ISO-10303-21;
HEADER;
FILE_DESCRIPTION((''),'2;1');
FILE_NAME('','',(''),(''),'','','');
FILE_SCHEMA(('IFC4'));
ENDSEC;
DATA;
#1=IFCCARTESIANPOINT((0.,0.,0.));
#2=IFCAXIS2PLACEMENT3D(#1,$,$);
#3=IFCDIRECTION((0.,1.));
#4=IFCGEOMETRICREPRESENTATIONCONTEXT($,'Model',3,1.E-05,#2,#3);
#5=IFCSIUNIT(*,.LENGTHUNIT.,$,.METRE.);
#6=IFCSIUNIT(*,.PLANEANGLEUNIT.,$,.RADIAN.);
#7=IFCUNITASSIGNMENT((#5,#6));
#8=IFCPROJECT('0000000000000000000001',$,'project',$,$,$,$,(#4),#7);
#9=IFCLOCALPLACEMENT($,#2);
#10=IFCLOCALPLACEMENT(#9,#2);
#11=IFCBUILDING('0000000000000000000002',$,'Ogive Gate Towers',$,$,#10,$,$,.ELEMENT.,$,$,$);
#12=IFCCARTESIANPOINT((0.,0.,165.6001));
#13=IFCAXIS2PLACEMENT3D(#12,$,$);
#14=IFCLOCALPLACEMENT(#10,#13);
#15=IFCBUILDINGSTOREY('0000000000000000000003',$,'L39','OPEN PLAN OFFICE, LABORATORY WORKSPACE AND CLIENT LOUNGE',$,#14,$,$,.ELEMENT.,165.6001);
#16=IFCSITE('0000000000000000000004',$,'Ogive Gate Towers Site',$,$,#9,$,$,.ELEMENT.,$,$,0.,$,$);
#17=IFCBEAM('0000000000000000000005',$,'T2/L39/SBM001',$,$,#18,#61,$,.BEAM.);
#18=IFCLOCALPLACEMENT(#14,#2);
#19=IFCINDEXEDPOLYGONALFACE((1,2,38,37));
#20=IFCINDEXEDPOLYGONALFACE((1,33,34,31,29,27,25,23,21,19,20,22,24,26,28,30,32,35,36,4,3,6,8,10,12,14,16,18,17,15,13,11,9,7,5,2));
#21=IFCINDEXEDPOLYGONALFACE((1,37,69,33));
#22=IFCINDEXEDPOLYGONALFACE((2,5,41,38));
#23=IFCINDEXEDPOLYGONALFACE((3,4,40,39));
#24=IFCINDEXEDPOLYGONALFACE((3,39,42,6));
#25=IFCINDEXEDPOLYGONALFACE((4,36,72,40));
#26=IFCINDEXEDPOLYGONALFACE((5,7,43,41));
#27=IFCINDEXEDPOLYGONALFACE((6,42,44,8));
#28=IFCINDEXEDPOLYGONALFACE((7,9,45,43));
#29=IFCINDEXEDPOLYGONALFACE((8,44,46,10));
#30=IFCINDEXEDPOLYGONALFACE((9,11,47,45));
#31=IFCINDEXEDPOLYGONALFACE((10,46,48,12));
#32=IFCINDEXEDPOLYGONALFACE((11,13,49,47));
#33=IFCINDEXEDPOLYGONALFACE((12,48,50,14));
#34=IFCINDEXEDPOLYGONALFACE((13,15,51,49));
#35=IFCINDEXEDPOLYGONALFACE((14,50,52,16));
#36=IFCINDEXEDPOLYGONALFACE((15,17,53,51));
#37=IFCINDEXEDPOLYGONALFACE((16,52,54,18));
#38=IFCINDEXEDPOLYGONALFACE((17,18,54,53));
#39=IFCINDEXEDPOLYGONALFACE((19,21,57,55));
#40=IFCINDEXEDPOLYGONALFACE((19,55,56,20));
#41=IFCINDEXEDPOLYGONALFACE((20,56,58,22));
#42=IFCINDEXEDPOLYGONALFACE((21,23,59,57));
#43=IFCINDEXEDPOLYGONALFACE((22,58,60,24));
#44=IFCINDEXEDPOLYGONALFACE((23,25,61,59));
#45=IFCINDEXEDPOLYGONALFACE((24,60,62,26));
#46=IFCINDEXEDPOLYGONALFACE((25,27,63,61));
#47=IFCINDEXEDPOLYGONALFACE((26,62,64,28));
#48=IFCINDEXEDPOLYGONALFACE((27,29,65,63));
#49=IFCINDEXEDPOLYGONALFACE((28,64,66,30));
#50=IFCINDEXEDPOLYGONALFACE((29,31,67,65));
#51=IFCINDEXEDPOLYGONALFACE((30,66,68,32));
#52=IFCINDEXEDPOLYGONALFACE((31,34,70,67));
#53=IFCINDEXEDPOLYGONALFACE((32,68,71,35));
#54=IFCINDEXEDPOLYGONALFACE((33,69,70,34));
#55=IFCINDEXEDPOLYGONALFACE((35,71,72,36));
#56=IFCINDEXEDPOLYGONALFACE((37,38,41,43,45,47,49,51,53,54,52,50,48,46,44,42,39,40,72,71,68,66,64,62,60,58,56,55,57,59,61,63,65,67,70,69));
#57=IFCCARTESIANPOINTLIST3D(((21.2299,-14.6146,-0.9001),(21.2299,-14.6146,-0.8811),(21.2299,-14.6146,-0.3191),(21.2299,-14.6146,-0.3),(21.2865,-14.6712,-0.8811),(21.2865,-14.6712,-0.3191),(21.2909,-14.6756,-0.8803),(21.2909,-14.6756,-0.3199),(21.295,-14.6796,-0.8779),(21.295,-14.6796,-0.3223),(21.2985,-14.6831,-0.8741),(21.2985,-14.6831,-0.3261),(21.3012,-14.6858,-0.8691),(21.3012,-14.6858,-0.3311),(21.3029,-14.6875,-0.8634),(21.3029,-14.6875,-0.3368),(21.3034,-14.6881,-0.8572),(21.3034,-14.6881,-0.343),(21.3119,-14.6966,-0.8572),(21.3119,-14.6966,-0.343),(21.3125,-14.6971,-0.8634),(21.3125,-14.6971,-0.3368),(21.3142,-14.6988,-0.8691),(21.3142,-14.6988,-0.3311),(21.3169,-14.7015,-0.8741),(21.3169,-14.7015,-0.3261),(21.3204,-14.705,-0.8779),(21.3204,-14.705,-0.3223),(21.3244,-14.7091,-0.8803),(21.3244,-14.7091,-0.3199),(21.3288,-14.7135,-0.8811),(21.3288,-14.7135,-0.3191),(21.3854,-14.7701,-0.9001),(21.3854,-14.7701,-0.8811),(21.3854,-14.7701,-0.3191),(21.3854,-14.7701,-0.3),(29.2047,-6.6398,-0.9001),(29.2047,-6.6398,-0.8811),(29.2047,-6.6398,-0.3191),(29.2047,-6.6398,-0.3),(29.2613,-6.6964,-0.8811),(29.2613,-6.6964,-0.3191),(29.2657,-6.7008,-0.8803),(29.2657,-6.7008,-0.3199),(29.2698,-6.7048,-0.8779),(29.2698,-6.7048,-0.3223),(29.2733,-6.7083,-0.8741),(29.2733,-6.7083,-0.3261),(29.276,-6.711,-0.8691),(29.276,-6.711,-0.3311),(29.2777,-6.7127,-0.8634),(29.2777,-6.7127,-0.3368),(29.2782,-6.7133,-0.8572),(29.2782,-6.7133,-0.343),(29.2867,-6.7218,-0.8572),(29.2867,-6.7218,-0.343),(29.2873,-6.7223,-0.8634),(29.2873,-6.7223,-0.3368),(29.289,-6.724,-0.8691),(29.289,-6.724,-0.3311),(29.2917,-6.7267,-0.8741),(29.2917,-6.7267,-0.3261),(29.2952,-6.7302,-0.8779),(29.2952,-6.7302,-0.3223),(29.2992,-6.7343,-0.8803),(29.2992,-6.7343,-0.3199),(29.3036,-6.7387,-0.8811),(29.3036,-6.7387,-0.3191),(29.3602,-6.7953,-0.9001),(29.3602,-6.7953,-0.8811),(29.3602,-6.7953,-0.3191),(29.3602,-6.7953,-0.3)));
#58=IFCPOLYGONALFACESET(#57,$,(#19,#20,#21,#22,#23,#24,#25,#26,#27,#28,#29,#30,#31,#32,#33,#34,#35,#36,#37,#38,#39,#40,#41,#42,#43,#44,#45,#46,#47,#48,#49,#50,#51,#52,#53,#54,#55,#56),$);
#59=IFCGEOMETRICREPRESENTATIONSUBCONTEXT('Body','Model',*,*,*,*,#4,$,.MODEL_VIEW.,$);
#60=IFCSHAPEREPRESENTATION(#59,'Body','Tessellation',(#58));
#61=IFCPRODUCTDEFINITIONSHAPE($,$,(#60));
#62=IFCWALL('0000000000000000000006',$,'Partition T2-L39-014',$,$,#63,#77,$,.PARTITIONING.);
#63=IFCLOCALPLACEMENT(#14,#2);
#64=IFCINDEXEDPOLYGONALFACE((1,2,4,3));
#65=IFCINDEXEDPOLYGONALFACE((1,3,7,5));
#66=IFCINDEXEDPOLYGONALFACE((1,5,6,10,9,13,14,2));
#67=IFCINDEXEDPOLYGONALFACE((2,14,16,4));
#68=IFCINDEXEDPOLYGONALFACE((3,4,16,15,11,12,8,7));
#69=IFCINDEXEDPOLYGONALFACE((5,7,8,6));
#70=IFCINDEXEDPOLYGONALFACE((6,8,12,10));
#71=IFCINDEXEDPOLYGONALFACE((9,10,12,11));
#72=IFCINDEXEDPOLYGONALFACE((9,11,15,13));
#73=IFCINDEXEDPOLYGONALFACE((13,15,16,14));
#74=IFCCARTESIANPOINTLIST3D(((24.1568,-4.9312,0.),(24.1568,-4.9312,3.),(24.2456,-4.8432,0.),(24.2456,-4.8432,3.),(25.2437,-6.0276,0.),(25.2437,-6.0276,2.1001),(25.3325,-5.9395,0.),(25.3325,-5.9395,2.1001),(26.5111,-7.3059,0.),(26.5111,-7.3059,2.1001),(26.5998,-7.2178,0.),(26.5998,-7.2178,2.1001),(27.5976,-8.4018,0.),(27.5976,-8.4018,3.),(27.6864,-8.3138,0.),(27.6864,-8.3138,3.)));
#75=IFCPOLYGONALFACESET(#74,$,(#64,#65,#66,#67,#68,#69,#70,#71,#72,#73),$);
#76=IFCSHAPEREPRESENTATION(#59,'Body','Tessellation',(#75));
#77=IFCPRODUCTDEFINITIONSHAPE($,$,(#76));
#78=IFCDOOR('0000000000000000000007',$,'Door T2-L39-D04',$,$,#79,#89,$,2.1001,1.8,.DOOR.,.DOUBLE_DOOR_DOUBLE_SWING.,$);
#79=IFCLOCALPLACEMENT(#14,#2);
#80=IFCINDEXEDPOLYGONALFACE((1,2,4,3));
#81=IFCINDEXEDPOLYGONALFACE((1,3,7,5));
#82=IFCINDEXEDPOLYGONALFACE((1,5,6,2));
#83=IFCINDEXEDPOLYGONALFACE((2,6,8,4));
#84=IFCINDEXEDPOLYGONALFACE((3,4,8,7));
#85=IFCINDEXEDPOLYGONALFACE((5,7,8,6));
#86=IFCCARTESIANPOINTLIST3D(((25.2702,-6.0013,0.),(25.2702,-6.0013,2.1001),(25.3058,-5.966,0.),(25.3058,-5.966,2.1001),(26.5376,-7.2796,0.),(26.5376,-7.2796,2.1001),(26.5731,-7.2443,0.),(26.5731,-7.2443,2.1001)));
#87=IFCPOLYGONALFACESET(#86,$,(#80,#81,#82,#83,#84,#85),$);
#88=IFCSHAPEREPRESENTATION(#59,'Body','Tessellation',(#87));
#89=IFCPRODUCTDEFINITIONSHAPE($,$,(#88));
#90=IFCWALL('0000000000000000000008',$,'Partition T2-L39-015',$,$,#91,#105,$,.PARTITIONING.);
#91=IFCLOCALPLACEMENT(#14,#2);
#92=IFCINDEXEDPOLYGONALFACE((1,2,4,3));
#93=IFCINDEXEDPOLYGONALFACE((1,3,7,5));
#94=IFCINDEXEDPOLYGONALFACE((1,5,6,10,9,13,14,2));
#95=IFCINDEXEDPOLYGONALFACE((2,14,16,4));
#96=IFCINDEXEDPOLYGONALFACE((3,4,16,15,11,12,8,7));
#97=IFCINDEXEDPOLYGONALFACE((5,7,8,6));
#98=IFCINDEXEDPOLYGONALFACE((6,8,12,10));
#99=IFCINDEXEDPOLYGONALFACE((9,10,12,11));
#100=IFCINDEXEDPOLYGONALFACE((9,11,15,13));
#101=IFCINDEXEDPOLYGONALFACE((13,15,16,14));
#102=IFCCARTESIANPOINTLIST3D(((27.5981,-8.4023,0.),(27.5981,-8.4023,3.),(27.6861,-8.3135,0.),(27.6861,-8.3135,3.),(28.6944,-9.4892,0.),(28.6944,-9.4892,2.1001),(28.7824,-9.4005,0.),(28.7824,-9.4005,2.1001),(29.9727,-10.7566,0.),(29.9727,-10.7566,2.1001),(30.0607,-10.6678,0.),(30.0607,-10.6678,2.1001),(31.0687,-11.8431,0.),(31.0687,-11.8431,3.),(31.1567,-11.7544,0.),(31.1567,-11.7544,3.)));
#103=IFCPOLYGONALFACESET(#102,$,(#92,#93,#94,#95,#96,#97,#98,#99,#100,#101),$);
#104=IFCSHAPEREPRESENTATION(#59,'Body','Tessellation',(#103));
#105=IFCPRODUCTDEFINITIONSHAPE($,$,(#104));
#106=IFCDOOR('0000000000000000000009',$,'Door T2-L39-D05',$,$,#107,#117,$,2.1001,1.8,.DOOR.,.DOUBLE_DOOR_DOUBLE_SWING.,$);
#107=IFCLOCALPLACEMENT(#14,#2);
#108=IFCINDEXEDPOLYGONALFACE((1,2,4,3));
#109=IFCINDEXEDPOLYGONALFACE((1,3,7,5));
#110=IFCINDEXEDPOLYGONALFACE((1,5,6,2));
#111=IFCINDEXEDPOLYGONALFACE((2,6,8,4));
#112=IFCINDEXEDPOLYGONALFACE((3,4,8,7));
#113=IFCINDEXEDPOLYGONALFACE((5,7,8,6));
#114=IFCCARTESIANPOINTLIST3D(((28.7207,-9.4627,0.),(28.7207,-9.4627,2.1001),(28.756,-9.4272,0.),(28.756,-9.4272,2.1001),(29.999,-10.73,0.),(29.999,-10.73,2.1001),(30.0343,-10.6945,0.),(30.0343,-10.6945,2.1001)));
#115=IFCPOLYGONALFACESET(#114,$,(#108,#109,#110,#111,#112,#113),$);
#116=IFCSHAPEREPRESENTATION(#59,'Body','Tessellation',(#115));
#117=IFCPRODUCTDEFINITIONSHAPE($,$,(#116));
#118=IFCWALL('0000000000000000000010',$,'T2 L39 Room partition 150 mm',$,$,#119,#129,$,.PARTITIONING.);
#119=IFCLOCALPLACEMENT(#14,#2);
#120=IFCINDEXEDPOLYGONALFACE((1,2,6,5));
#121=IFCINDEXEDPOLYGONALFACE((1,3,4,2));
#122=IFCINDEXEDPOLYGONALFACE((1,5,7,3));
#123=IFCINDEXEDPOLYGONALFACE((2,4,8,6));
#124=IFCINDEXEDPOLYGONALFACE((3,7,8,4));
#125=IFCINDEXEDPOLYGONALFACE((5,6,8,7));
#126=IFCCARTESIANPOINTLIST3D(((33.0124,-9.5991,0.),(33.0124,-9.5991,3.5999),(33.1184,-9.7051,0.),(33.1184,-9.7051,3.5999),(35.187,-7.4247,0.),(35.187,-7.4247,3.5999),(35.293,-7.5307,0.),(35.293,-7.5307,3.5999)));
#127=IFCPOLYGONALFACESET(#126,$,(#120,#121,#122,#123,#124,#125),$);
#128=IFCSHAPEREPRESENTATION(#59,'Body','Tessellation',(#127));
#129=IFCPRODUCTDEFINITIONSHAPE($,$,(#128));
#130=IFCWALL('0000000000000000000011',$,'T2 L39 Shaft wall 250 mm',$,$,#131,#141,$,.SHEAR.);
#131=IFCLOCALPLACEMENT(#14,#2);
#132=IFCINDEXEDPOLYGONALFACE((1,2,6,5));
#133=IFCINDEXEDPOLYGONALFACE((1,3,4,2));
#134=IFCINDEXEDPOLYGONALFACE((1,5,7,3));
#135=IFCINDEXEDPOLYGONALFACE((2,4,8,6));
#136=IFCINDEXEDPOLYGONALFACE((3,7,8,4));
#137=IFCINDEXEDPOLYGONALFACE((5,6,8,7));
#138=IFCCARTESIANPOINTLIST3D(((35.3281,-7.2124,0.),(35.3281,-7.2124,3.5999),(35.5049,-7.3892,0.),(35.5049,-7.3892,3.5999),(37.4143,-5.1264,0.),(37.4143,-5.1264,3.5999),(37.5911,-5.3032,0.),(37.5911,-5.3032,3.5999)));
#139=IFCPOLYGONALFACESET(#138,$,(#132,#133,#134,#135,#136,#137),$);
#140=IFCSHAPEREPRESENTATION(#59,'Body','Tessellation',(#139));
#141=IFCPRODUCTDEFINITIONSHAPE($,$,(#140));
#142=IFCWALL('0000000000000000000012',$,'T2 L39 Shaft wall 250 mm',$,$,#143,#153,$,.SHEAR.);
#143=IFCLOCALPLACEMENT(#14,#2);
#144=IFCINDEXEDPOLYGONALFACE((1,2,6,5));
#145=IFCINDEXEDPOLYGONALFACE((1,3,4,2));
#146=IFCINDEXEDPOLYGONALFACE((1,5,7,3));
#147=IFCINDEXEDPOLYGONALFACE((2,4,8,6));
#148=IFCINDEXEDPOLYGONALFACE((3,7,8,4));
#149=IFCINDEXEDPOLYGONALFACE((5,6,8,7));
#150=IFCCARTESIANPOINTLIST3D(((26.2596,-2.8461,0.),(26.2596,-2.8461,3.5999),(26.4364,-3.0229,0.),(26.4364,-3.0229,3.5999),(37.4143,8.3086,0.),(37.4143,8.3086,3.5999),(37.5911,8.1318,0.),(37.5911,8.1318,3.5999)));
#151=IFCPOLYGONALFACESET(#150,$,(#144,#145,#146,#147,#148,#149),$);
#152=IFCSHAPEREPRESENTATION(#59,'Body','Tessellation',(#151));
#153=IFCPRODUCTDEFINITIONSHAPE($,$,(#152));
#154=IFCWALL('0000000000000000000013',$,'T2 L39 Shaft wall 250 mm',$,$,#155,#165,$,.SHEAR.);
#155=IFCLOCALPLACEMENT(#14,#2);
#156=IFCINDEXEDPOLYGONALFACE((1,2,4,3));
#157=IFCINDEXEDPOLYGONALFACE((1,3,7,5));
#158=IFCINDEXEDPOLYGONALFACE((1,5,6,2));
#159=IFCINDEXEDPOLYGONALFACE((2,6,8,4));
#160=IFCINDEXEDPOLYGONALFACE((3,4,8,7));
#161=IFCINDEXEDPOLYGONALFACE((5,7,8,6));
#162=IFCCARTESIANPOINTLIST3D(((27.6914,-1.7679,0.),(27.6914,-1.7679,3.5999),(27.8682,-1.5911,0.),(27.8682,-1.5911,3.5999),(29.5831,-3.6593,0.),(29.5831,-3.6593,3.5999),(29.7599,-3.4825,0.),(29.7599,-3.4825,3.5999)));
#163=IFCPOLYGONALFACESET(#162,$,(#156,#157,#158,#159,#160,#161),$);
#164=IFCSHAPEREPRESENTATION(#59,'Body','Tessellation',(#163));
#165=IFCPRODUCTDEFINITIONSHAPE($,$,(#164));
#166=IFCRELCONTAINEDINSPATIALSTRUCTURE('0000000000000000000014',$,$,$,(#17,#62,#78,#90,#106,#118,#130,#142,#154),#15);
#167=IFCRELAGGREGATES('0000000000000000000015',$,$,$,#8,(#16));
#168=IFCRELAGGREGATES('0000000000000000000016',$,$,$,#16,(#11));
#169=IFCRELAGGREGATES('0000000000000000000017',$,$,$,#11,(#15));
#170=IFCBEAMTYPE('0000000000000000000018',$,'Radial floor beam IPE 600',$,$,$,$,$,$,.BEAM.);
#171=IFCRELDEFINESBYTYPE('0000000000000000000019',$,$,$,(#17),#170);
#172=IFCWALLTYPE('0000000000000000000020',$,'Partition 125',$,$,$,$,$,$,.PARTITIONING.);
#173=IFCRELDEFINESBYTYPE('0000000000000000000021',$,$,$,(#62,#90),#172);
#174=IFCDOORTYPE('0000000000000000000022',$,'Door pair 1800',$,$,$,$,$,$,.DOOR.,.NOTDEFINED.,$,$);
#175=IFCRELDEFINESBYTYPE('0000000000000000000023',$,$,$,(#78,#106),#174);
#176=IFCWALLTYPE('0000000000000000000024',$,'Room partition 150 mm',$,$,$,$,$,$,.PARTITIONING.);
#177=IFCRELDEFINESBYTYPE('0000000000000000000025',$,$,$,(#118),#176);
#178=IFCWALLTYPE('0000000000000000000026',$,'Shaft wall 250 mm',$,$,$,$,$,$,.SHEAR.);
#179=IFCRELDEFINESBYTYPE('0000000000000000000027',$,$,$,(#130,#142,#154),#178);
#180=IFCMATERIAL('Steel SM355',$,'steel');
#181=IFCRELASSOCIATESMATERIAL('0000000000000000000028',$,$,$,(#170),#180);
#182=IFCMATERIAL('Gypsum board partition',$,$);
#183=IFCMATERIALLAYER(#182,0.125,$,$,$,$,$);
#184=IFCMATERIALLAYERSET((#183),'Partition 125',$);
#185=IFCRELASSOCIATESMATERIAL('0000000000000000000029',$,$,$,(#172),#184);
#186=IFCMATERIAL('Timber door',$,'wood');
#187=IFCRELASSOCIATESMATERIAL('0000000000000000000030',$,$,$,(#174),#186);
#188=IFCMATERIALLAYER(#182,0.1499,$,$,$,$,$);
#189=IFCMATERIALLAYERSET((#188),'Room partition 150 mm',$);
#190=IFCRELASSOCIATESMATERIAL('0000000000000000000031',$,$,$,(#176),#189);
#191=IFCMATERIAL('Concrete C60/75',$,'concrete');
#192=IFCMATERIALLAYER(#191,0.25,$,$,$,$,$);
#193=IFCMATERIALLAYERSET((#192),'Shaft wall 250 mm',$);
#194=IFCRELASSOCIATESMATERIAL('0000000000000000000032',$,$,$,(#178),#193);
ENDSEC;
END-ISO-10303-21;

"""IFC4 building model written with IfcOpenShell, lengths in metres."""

from ifc_helpers import new_model, si_unit, direction, frame, frame_2d, origin, origin_2d, place, context, subcontext, project, spatial, rectangle, i_section, extrude, material, layer, layer_set, material_profile, profile_set, type_object, element, fill, save


model = new_model("IFC4")

# Units and contexts
model_context = context("Model", 3, precision=1e-05, world=origin(), true_north=direction((0.0, 1.0)))
body_context = subcontext(model_context, "Body", "Model", "MODEL_VIEW")
ifc_project = project(units=[si_unit("LENGTHUNIT", "METRE"), si_unit("PLANEANGLEUNIT", "RADIAN")], contexts=[model_context])

# Site, building, storey
site_placement = place(None, origin())
site = spatial("IfcSite", under=ifc_project, at=site_placement, Name="Ogive Gate Towers Site", CompositionType="ELEMENT", RefElevation=0.0)
building_placement = place(site_placement, origin())
building = spatial("IfcBuilding", under=site, at=building_placement, Name="Ogive Gate Towers", CompositionType="ELEMENT")
storey_placement = place(building_placement, frame((0.0, 0.0, 165.6001)))
storey = spatial("IfcBuildingStorey", under=building, at=storey_placement, Name="L39", Description="OPEN PLAN OFFICE, LABORATORY WORKSPACE AND CLIENT LOUNGE", CompositionType="ELEMENT", Elevation=165.6001)

# Beam
ifc_material_1 = material(Name="Steel SM355", Category="steel")
ifc_material_profile = material_profile(ifc_material_1, i_section(OverallWidth=0.22, OverallDepth=0.6001, WebThickness=0.012, FlangeThickness=0.019, FilletRadius=0.0239, at=origin_2d()), Name="IPE 600")
ifc_profile_set = profile_set([ifc_material_profile], Name="Steel SM355")
beam_type = type_object("IfcBeamType", Name="Radial floor beam IPE 600", PredefinedType="BEAM", material=ifc_profile_set)
beam_placement = place(storey_placement, frame((29.2825, -6.7175, -0.6001), z_axis=(-0.707107, -0.707107, 0.0), x_axis=(0.707107, -0.707107, 0.0)))
element("IfcBeam", 1, at=beam_placement, inside=storey, type_object=beam_type, Name="T2/L39/SBM001", PredefinedType="BEAM", context=body_context, shape_type="SweptSolid", body=[
    extrude(i_section(OverallWidth=0.22, OverallDepth=0.6001, WebThickness=0.012, FlangeThickness=0.019, FilletRadius=0.0239, at=origin_2d()), origin(), (0.0, 0.0, 1.0), 11.2781),
])

# Walls, openings, doors
ifc_material_2 = material(Name="Gypsum board partition")
ifc_layer_1 = layer(ifc_material_2, 0.125)
ifc_layer_set_1 = layer_set([ifc_layer_1], Name="Partition 125")
wall_type_1 = type_object("IfcWallType", Name="Partition 125", PredefinedType="PARTITIONING", material=ifc_layer_set_1)
wall_1_placement = place(storey_placement, frame((24.2012, -4.8872, 0.0), z_axis=(0.0, 0.0, 1.0), x_axis=(0.704053, -0.710147, 0.0)))
wall_1 = element("IfcWall", 2, at=wall_1_placement, inside=storey, type_object=wall_type_1, Name="Partition T2-L39-014", PredefinedType="PARTITIONING", context=body_context, shape_type="SweptSolid", body=[
    extrude(rectangle(XDim=4.8872, YDim=0.125, at=frame_2d((2.4436, 0.0))), origin(), (0.0, 0.0, 1.0), 3.0),
])
opening_1_placement = place(wall_1_placement, frame((1.5439, 0.0, 0.0)))
opening_1 = element("IfcOpeningElement", 3, at=opening_1_placement, cuts=wall_1, PredefinedType="OPENING", context=body_context, shape_type="SweptSolid", body=[
    extrude(rectangle(XDim=1.8, YDim=2.1001, at=frame_2d((0.8999, 1.05))), frame((0.0, 0.0725, 0.0), z_axis=(0.0, -1.0, 0.0), x_axis=(1.0, 0.0, 0.0)), (0.0, 0.0, 1.0), 0.145),
])
ifc_material_3 = material(Name="Timber door", Category="wood")
door_type_1 = type_object("IfcDoorType", Name="Door pair 1800", OperationType="NOTDEFINED", PredefinedType="DOOR", material=ifc_material_3)
door_1_placement = place(opening_1_placement, origin())
door_1 = element("IfcDoor", 4, at=door_1_placement, inside=storey, type_object=door_type_1, Name="Door T2-L39-D04", OperationType="DOUBLE_DOOR_DOUBLE_SWING", OverallHeight=2.1001, OverallWidth=1.8, PredefinedType="DOOR", context=body_context, shape_type="SweptSolid", body=[
    extrude(rectangle(XDim=1.8, YDim=2.1001, at=frame_2d((0.8999, 1.05))), frame((0.0, 0.0249, 0.0), z_axis=(0.0, -1.0, 0.0), x_axis=(1.0, 0.0, 0.0)), (0.0, 0.0, 1.0), 0.05),
])
fill(opening_1, door_1)
wall_2_placement = place(storey_placement, frame((27.6421, -8.3579, 0.0), z_axis=(0.0, 0.0, 1.0), x_axis=(0.710147, -0.704053, 0.0)))
wall_2 = element("IfcWall", 5, at=wall_2_placement, inside=storey, type_object=wall_type_1, Name="Partition T2-L39-015", PredefinedType="PARTITIONING", context=body_context, shape_type="SweptSolid", body=[
    extrude(rectangle(XDim=4.8872, YDim=0.125, at=frame_2d((2.4436, 0.0))), origin(), (0.0, 0.0, 1.0), 3.0),
])
opening_2_placement = place(wall_2_placement, frame((1.5439, 0.0, 0.0)))
opening_2 = element("IfcOpeningElement", 6, at=opening_2_placement, cuts=wall_2, PredefinedType="OPENING", context=body_context, shape_type="SweptSolid", body=[
    extrude(rectangle(XDim=1.8, YDim=2.1001, at=frame_2d((0.8999, 1.05))), frame((0.0, 0.0725, 0.0), z_axis=(0.0, -1.0, 0.0), x_axis=(1.0, 0.0, 0.0)), (0.0, 0.0, 1.0), 0.145),
])
door_2_placement = place(opening_2_placement, origin())
door_2 = element("IfcDoor", 7, at=door_2_placement, inside=storey, type_object=door_type_1, Name="Door T2-L39-D05", OperationType="DOUBLE_DOOR_DOUBLE_SWING", OverallHeight=2.1001, OverallWidth=1.8, PredefinedType="DOOR", context=body_context, shape_type="SweptSolid", body=[
    extrude(rectangle(XDim=1.8, YDim=2.1001, at=frame_2d((0.8999, 1.05))), frame((0.0, 0.0249, 0.0), z_axis=(0.0, -1.0, 0.0), x_axis=(1.0, 0.0, 0.0)), (0.0, 0.0, 1.0), 0.05),
])
fill(opening_2, door_2)

# Walls
ifc_layer_2 = layer(ifc_material_2, 0.1499)
ifc_layer_set_2 = layer_set([ifc_layer_2], Name="Room partition 150 mm")
wall_type_2 = type_object("IfcWallType", Name="Room partition 150 mm", PredefinedType="PARTITIONING", material=ifc_layer_set_2)
wall_3_placement = place(storey_placement, frame((33.0654, -9.6521, 0.0), z_axis=(0.0, 0.0, 1.0), x_axis=(0.707146, 0.707067, 0.0)))
element("IfcWall", 8, at=wall_3_placement, inside=storey, type_object=wall_type_2, Name="T2 L39 Room partition 150 mm", PredefinedType="PARTITIONING", context=body_context, shape_type="SweptSolid", body=[
    extrude(rectangle(XDim=3.0752, YDim=0.1499, at=frame_2d((1.5376, 0.0))), origin(), (0.0, 0.0, 1.0), 3.5999),
])
ifc_material_4 = material(Name="Concrete C60/75", Category="concrete")
ifc_layer_3 = layer(ifc_material_4, 0.25)
ifc_layer_set_3 = layer_set([ifc_layer_3], Name="Shaft wall 250 mm")
wall_type_3 = type_object("IfcWallType", Name="Shaft wall 250 mm", PredefinedType="SHEAR", material=ifc_layer_set_3)
wall_4_placement = place(storey_placement, frame((35.4165, -7.3008, 0.0), z_axis=(0.0, 0.0, 1.0), x_axis=(0.707148, 0.707065, 0.0)))
element("IfcWall", 9, at=wall_4_placement, inside=storey, type_object=wall_type_3, Name="T2 L39 Shaft wall 250 mm", PredefinedType="SHEAR", context=body_context, shape_type="SweptSolid", body=[
    extrude(rectangle(XDim=2.9502, YDim=0.25, at=frame_2d((1.4751, 0.0))), origin(), (0.0, 0.0, 1.0), 3.5999),
])
wall_5_placement = place(storey_placement, frame((26.3479, -2.9346, 0.0), z_axis=(0.0, 0.0, 1.0), x_axis=(0.707107, 0.707107, 0.0)))
element("IfcWall", 10, at=wall_5_placement, inside=storey, type_object=wall_type_3, Name="T2 L39 Shaft wall 250 mm", PredefinedType="SHEAR", context=body_context, shape_type="SweptSolid", body=[
    extrude(rectangle(XDim=15.7751, YDim=0.25, at=frame_2d((7.8877, 0.0))), origin(), (0.0, 0.0, 1.0), 3.5999),
])
wall_6_placement = place(storey_placement, frame((29.6714, -3.5708, 0.0), z_axis=(0.0, 0.0, 1.0), x_axis=(-0.707152, 0.707061, 0.0)))
element("IfcWall", 11, at=wall_6_placement, inside=storey, type_object=wall_type_3, Name="T2 L39 Shaft wall 250 mm", PredefinedType="SHEAR", context=body_context, shape_type="SweptSolid", body=[
    extrude(rectangle(XDim=2.675, YDim=0.25, at=frame_2d((1.3374, 0.0))), origin(), (0.0, 0.0, 1.0), 3.5999),
])

save(model, "model.ifc")
